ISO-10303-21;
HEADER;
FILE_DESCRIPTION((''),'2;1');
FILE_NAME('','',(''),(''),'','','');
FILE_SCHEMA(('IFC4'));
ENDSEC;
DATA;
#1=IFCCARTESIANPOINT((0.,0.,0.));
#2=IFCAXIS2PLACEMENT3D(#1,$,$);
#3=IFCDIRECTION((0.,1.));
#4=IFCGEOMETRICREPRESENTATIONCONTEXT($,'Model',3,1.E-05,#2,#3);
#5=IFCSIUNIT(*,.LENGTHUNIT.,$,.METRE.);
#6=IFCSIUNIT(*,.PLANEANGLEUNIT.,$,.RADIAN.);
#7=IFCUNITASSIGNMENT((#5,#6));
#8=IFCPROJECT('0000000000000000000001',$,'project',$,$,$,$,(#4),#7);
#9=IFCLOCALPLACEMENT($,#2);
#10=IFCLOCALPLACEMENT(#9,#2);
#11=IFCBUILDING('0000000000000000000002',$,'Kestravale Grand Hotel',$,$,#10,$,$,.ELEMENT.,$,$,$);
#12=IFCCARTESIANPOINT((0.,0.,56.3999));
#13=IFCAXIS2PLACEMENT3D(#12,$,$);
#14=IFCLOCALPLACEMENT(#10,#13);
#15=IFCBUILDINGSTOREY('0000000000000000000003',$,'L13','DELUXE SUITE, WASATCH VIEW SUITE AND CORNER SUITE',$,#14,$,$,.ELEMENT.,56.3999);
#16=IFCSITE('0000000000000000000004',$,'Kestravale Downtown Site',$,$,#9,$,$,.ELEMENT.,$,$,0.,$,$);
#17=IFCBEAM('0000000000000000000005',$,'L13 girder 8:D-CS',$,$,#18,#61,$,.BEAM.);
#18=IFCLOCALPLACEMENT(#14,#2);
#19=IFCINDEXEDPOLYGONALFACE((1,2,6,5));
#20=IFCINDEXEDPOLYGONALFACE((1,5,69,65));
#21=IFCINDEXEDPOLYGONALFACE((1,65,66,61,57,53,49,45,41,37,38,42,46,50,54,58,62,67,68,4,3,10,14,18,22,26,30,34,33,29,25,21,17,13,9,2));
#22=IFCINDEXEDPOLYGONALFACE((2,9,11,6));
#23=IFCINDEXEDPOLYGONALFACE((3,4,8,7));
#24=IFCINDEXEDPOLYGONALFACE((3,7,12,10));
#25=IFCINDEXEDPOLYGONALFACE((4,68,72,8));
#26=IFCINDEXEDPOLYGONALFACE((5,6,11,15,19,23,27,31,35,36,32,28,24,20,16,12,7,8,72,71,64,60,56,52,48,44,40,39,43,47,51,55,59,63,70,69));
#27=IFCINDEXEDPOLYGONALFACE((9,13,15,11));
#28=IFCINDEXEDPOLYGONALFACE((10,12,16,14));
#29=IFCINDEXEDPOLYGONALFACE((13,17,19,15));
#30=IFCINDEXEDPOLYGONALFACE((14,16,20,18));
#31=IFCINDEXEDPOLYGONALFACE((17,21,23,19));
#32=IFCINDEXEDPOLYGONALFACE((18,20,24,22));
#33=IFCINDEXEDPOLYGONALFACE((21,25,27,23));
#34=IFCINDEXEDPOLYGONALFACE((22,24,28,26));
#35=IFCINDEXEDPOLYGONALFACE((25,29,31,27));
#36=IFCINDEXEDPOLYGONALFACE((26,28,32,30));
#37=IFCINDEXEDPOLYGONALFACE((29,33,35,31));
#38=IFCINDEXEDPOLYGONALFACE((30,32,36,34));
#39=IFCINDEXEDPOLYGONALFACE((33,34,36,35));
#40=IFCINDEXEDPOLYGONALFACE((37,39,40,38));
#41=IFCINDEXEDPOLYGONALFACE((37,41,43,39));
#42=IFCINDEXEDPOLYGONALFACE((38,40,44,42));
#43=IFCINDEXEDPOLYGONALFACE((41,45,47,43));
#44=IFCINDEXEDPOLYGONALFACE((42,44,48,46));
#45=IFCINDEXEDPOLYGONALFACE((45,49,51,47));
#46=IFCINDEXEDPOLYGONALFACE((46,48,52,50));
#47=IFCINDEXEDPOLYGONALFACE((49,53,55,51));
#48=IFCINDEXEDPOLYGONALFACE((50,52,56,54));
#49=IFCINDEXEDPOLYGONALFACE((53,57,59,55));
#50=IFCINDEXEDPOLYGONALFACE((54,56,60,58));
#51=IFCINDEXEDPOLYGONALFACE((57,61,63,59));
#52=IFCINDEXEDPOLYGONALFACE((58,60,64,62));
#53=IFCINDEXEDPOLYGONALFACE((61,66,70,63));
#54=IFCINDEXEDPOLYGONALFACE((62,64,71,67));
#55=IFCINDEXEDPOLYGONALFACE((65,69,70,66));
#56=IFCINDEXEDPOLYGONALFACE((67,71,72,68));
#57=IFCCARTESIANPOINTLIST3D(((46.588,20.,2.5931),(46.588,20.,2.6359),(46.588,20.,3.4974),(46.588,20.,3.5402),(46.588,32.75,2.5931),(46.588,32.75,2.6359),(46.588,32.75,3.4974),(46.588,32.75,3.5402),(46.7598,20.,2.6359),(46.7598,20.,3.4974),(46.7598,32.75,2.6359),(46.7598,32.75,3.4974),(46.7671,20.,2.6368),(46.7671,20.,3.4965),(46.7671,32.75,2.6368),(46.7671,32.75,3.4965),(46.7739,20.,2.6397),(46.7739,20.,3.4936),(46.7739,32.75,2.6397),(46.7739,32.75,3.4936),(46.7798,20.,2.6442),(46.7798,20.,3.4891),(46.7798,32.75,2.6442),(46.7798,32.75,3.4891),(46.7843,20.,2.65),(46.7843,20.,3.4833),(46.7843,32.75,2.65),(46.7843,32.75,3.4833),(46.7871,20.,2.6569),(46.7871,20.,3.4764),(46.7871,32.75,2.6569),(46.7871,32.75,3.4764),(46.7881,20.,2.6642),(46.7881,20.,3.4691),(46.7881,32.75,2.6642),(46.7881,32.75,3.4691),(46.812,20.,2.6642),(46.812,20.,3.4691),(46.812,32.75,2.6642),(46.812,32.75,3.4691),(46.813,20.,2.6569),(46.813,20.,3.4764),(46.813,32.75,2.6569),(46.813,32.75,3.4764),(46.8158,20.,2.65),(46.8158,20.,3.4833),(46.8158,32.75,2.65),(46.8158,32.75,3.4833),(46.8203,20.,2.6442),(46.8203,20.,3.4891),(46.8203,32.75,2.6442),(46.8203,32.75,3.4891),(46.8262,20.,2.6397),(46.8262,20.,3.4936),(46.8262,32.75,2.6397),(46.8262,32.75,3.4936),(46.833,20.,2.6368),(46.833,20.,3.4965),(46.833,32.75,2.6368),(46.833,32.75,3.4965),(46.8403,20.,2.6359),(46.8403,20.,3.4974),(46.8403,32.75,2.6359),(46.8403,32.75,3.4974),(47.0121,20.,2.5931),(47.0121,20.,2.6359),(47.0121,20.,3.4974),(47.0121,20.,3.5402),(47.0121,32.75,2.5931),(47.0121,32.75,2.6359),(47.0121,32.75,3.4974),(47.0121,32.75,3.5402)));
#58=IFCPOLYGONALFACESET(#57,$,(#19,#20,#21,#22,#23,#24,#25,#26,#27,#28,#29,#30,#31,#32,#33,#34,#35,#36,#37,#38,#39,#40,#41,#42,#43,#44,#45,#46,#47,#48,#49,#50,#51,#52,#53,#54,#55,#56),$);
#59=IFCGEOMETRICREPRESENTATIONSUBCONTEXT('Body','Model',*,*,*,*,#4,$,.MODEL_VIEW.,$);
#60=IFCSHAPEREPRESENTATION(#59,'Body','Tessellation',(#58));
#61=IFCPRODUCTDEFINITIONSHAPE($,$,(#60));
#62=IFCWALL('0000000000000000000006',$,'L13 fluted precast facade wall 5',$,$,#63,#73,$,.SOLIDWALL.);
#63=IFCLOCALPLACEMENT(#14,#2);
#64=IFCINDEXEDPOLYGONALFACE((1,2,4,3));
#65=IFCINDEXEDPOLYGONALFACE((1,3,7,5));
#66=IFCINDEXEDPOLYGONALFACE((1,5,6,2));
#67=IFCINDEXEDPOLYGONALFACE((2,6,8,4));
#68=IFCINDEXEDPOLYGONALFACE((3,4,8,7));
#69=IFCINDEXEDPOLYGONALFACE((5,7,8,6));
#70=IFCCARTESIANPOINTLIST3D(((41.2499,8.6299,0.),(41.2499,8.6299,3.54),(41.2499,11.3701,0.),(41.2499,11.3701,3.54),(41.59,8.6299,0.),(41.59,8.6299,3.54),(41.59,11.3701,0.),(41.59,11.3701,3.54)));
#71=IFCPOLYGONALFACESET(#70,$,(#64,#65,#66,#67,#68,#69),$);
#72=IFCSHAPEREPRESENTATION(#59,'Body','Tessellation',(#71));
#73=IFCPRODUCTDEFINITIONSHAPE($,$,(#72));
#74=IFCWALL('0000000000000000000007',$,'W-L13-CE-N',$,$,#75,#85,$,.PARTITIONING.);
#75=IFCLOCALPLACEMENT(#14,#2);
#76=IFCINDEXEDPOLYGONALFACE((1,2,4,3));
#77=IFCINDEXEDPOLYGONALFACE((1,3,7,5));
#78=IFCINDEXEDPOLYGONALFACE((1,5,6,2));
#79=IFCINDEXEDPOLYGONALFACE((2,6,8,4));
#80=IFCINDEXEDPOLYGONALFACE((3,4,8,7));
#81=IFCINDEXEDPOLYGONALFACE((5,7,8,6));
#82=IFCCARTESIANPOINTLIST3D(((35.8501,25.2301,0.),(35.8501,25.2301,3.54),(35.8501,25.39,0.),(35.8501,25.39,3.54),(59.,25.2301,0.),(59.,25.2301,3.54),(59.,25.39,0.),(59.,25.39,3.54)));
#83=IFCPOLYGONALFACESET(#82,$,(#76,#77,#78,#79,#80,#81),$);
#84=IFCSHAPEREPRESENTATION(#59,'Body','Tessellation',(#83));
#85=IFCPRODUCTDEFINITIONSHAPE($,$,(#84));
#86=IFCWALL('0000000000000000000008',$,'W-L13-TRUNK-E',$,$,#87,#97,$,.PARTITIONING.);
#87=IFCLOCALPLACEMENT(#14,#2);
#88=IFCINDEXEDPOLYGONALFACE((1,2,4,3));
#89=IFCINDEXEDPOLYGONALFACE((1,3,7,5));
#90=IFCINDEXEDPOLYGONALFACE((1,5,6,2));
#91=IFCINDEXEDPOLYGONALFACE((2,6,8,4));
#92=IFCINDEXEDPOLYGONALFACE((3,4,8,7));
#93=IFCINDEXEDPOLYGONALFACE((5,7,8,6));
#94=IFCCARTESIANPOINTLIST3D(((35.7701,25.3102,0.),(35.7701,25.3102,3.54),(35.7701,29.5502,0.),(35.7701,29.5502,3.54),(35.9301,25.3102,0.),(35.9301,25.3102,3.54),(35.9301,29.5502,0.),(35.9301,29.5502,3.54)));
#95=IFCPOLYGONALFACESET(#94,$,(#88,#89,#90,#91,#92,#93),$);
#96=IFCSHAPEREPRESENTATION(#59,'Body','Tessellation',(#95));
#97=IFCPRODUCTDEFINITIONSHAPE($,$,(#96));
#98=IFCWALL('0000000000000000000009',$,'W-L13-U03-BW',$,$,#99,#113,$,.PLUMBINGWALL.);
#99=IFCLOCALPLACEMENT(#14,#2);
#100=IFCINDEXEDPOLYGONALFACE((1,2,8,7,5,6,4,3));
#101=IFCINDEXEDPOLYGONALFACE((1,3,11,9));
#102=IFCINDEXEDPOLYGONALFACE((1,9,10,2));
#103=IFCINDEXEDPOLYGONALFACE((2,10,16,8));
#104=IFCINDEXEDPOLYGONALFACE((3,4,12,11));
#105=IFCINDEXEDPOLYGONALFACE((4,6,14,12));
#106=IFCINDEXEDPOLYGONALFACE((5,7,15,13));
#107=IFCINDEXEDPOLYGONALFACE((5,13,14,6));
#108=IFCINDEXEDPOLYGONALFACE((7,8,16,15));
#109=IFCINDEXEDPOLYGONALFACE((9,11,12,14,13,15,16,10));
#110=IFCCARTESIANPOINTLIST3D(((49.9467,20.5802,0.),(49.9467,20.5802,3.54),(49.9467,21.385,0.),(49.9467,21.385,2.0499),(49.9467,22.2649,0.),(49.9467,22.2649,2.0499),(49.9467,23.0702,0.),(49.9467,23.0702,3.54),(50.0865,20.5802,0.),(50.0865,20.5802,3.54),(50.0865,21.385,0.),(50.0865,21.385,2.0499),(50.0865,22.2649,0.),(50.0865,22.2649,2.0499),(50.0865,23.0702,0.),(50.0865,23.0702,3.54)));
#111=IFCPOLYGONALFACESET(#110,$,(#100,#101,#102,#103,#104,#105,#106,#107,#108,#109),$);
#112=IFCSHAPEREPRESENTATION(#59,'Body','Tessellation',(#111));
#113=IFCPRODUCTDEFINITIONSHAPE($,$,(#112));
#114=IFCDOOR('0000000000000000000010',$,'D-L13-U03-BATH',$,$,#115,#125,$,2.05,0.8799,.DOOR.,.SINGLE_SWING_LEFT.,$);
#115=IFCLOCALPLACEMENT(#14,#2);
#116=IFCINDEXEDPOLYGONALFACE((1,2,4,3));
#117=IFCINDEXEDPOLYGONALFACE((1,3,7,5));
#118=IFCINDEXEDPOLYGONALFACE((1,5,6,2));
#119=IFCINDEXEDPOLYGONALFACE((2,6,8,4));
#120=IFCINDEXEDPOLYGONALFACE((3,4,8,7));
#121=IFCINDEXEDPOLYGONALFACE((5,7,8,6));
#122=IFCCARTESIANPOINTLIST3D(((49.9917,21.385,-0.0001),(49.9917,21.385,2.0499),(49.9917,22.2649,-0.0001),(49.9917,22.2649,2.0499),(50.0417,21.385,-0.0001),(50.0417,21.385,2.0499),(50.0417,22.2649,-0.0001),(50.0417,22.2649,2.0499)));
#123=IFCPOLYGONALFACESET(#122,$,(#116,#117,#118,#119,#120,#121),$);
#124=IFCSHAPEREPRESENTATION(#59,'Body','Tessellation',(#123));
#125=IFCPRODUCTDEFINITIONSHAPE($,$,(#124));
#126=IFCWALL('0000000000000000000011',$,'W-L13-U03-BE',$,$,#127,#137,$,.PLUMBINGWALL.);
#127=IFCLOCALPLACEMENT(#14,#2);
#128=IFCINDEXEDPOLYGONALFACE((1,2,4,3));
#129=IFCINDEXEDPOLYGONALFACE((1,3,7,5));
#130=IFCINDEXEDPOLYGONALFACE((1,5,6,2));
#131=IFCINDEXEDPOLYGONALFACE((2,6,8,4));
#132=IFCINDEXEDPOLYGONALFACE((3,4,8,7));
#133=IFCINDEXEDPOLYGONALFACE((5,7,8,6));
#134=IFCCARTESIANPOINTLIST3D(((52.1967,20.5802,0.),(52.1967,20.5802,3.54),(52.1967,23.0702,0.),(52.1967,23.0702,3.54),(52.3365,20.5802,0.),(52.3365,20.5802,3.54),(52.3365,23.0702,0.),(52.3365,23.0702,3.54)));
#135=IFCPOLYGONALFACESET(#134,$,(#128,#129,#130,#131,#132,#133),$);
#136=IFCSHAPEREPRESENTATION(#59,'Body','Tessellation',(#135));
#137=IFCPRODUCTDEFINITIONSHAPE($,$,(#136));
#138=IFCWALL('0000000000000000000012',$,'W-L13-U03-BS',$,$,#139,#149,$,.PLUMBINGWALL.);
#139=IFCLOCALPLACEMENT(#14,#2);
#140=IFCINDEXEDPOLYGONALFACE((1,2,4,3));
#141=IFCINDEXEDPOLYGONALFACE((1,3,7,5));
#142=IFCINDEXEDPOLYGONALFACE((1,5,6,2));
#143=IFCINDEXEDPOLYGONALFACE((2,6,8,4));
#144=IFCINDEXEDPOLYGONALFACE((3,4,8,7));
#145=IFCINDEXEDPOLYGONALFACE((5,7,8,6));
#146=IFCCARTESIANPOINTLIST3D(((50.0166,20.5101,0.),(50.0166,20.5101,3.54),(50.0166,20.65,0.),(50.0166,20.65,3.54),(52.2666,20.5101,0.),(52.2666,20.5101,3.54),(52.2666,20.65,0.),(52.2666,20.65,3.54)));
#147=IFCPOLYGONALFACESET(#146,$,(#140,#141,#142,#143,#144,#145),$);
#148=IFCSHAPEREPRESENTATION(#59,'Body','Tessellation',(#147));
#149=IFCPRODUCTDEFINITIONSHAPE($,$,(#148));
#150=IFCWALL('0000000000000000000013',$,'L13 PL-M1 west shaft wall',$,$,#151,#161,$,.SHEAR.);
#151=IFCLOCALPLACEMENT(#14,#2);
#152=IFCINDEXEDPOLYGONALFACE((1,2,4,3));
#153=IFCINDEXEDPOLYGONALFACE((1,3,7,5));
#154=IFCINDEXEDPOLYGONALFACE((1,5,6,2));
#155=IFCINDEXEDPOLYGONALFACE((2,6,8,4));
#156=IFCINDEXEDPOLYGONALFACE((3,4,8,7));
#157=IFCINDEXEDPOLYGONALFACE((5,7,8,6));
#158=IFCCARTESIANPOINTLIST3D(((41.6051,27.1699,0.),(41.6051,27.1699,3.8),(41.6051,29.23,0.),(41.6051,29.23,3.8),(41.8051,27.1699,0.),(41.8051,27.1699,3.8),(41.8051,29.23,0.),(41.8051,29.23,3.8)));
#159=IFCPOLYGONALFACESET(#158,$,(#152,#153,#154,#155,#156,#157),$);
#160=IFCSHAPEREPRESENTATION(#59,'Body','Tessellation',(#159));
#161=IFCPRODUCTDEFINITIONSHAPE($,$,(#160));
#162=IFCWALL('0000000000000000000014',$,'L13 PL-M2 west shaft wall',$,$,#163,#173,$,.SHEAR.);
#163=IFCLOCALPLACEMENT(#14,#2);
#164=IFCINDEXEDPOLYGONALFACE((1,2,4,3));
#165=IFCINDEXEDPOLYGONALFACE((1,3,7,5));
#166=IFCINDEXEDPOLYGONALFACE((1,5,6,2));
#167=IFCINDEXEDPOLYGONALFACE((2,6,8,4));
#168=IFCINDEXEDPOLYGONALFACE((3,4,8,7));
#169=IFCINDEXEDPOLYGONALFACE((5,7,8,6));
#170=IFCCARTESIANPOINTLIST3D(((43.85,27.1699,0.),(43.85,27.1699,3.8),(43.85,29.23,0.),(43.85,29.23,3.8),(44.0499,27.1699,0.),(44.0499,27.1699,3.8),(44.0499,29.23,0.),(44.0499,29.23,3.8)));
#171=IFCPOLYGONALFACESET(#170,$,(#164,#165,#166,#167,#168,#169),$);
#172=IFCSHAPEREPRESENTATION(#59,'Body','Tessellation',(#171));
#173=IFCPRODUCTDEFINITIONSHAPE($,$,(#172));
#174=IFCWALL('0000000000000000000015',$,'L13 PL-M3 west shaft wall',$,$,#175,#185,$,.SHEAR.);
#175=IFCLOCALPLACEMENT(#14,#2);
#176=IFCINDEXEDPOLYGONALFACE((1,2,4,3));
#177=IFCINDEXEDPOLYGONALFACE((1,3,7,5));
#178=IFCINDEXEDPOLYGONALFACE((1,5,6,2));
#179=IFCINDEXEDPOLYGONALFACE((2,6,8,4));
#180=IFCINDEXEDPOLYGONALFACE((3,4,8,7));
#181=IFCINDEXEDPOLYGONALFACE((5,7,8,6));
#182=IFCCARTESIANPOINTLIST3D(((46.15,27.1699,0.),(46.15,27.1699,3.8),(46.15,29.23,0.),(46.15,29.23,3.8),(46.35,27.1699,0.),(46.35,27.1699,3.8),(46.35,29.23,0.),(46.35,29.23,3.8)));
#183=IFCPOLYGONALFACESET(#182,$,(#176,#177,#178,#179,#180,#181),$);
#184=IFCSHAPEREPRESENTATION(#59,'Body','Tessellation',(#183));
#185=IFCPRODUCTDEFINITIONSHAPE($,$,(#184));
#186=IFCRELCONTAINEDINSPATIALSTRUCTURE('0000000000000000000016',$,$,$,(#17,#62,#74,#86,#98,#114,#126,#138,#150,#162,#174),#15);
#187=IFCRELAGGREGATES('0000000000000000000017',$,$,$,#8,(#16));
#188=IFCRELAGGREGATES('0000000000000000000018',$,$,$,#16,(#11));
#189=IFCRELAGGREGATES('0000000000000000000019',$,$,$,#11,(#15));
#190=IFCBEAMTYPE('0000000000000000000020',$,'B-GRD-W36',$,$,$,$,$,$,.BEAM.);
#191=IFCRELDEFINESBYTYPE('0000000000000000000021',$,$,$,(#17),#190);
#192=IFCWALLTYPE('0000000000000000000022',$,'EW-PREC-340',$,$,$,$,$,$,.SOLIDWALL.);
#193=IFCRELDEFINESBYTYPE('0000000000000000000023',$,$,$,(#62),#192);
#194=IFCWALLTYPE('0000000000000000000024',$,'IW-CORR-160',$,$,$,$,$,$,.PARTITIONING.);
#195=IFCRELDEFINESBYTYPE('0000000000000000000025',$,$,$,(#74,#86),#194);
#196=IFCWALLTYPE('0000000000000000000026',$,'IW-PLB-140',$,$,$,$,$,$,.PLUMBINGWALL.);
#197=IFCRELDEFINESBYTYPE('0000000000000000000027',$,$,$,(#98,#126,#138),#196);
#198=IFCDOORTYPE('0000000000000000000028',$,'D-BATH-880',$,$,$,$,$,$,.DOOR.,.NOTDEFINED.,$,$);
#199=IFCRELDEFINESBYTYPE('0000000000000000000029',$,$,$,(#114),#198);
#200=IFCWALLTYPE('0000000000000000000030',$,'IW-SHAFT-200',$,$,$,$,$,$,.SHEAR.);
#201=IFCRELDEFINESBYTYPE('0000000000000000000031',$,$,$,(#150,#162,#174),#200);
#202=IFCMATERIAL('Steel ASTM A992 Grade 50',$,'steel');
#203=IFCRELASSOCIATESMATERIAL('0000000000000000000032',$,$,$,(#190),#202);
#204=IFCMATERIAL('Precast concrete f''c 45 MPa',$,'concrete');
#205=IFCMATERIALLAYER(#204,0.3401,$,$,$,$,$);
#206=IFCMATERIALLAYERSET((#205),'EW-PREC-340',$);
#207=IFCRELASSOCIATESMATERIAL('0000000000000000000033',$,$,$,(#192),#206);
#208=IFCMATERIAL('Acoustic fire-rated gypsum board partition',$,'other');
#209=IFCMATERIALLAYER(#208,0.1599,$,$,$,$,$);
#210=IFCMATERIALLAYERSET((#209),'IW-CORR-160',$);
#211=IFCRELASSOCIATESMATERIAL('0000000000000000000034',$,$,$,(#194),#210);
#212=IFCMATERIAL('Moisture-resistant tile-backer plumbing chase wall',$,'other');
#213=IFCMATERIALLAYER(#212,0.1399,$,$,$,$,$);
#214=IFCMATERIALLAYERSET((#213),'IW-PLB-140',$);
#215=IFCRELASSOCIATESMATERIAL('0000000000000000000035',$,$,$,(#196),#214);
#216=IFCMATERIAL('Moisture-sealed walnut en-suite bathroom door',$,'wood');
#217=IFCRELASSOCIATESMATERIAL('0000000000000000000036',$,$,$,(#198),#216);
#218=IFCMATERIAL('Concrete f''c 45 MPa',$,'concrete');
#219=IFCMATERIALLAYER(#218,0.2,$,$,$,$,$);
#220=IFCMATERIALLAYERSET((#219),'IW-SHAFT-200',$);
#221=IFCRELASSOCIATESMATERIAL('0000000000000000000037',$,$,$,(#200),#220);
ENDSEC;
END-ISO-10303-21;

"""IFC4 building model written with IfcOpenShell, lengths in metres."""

from ifc_helpers import new_model, si_unit, direction, frame, frame_2d, origin, origin_2d, place, context, subcontext, project, spatial, rectangle, i_section, extrude, material, layer, layer_set, material_profile, profile_set, type_object, element, fill, save


model = new_model("IFC4")

# Units and contexts
model_context = context("Model", 3, precision=1e-05, world=origin(), true_north=direction((0.0, 1.0)))
body_context = subcontext(model_context, "Body", "Model", "MODEL_VIEW")
ifc_project = project(units=[si_unit("LENGTHUNIT", "METRE"), si_unit("PLANEANGLEUNIT", "RADIAN")], contexts=[model_context])

# Site, building, storey
site_placement = place(None, origin())
site = spatial("IfcSite", under=ifc_project, at=site_placement, Name="Kestravale Downtown Site", CompositionType="ELEMENT", RefElevation=0.0)
building_placement = place(site_placement, origin())
building = spatial("IfcBuilding", under=site, at=building_placement, Name="Kestravale Grand Hotel", CompositionType="ELEMENT")
storey_placement = place(building_placement, frame((0.0, 0.0, 56.3999)))
storey = spatial("IfcBuildingStorey", under=building, at=storey_placement, Name="L13", Description="DELUXE SUITE, WASATCH VIEW SUITE AND CORNER SUITE", CompositionType="ELEMENT", Elevation=56.3999)

# Beam
ifc_material_1 = material(Name="Steel ASTM A992 Grade 50", Category="steel")
ifc_material_profile_1 = material_profile(ifc_material_1, i_section(OverallWidth=0.4241, OverallDepth=0.947, WebThickness=0.0239, FlangeThickness=0.0427, FilletRadius=0.0283, at=origin_2d()))
ifc_profile_set_1 = profile_set([ifc_material_profile_1], Name="Steel ASTM A992 Grade 50")
beam_type = type_object("IfcBeamType", Name="B-GRD-W36", PredefinedType="BEAM", material=ifc_profile_set_1)
beam_1_placement = place(storey_placement, frame((46.8, 20.0, 3.0667), z_axis=(0.0, 1.0, 0.0), x_axis=(-1.0, 0.0, 0.0)))
element("IfcBeam", 1, at=beam_1_placement, inside=storey, type_object=beam_type, Name="L13 girder 8:D-CS", PredefinedType="BEAM", context=body_context, shape_type="SweptSolid", body=[
    extrude(i_section(OverallWidth=0.4241, OverallDepth=0.947, WebThickness=0.0239, FlangeThickness=0.0427, FilletRadius=0.0283, at=origin_2d()), origin(), (0.0, 0.0, 1.0), 12.75),
])

# Walls
ifc_material_2 = material(Name="Precast concrete f'c 45 MPa", Category="concrete")
ifc_layer_1 = layer(ifc_material_2, 0.3401)
ifc_layer_set_1 = layer_set([ifc_layer_1], Name="EW-PREC-340")
wall_type_1 = type_object("IfcWallType", Name="EW-PREC-340", PredefinedType="SOLIDWALL", material=ifc_layer_set_1)
wall_1_placement = place(storey_placement, frame((41.4199, 11.3701, 0.0), z_axis=(0.0, 0.0, 1.0), x_axis=(0.0, -1.0, 0.0)))
element("IfcWall", 2, at=wall_1_placement, inside=storey, type_object=wall_type_1, Name="L13 fluted precast facade wall 5", PredefinedType="SOLIDWALL", context=body_context, shape_type="SweptSolid", body=[
    extrude(rectangle(XDim=2.7402, YDim=0.3401, at=frame_2d((1.3701, 0.0))), origin(), (0.0, 0.0, 1.0), 3.54),
])
ifc_material_3 = material(Name="Acoustic fire-rated gypsum board partition", Category="other")
ifc_layer_2 = layer(ifc_material_3, 0.1599)
ifc_layer_set_2 = layer_set([ifc_layer_2], Name="IW-CORR-160")
wall_type_2 = type_object("IfcWallType", Name="IW-CORR-160", PredefinedType="PARTITIONING", material=ifc_layer_set_2)
wall_2_placement = place(storey_placement, frame((35.8501, 25.3101, 0.0), z_axis=(0.0, 0.0, 1.0), x_axis=(1.0, 0.0, 0.0)))
element("IfcWall", 3, at=wall_2_placement, inside=storey, type_object=wall_type_2, Name="W-L13-CE-N", PredefinedType="PARTITIONING", context=body_context, shape_type="SweptSolid", body=[
    extrude(rectangle(XDim=23.1499, YDim=0.1599, at=frame_2d((11.575, 0.0))), origin(), (0.0, 0.0, 1.0), 3.54),
])
wall_3_placement = place(storey_placement, frame((35.8501, 25.3101, 0.0), z_axis=(0.0, 0.0, 1.0), x_axis=(0.0, 1.0, 0.0)))
element("IfcWall", 4, at=wall_3_placement, inside=storey, type_object=wall_type_2, Name="W-L13-TRUNK-E", PredefinedType="PARTITIONING", context=body_context, shape_type="SweptSolid", body=[
    extrude(rectangle(XDim=4.24, YDim=0.1599, at=frame_2d((2.1201, 0.0))), origin(), (0.0, 0.0, 1.0), 3.54),
])

# Wall, opening, door
ifc_material_4 = material(Name="Moisture-resistant tile-backer plumbing chase wall", Category="other")
ifc_layer_3 = layer(ifc_material_4, 0.1399)
ifc_layer_set_3 = layer_set([ifc_layer_3], Name="IW-PLB-140")
wall_type_3 = type_object("IfcWallType", Name="IW-PLB-140", PredefinedType="PLUMBINGWALL", material=ifc_layer_set_3)
wall_4_placement = place(storey_placement, frame((50.0166, 20.5801, 0.0), z_axis=(0.0, 0.0, 1.0), x_axis=(0.0, 1.0, 0.0)))
wall_4 = element("IfcWall", 5, at=wall_4_placement, inside=storey, type_object=wall_type_3, Name="W-L13-U03-BW", PredefinedType="PLUMBINGWALL", context=body_context, shape_type="SweptSolid", body=[
    extrude(rectangle(XDim=2.49, YDim=0.1399, at=frame_2d((1.2451, 0.0))), origin(), (0.0, 0.0, 1.0), 3.54),
])
opening_placement = place(wall_4_placement, frame((0.8049, 0.0, 0.0)))
opening = element("IfcOpeningElement", 6, at=opening_placement, cuts=wall_4, PredefinedType="OPENING", context=body_context, shape_type="SweptSolid", body=[
    extrude(rectangle(XDim=0.8799, YDim=2.05, at=frame_2d((0.4399, 1.0249))), frame((0.0, 0.0798, 0.0), z_axis=(0.0, -1.0, 0.0), x_axis=(1.0, 0.0, 0.0)), (0.0, 0.0, 1.0), 0.1599),
])
ifc_material_5 = material(Name="Moisture-sealed walnut en-suite bathroom door", Category="wood")
door_type = type_object("IfcDoorType", Name="D-BATH-880", OperationType="NOTDEFINED", PredefinedType="DOOR", material=ifc_material_5)
door_placement = place(opening_placement, origin())
door = element("IfcDoor", 7, at=door_placement, inside=storey, type_object=door_type, Name="D-L13-U03-BATH", OperationType="SINGLE_SWING_LEFT", OverallHeight=2.05, OverallWidth=0.8799, PredefinedType="DOOR", context=body_context, shape_type="SweptSolid", body=[
    extrude(rectangle(XDim=0.8799, YDim=2.05, at=frame_2d((0.4399, 1.0249))), frame((0.0, 0.0249, 0.0), z_axis=(0.0, -1.0, 0.0), x_axis=(1.0, 0.0, 0.0)), (0.0, 0.0, 1.0), 0.05),
])
fill(opening, door)

# Walls
wall_5_placement = place(storey_placement, frame((52.2666, 20.5801, 0.0), z_axis=(0.0, 0.0, 1.0), x_axis=(0.0, 1.0, 0.0)))
element("IfcWall", 8, at=wall_5_placement, inside=storey, type_object=wall_type_3, Name="W-L13-U03-BE", PredefinedType="PLUMBINGWALL", context=body_context, shape_type="SweptSolid", body=[
    extrude(rectangle(XDim=2.49, YDim=0.1399, at=frame_2d((1.2451, 0.0))), origin(), (0.0, 0.0, 1.0), 3.54),
])
wall_6_placement = place(storey_placement, frame((50.0166, 20.5801, 0.0), z_axis=(0.0, 0.0, 1.0), x_axis=(1.0, 0.0, 0.0)))
element("IfcWall", 9, at=wall_6_placement, inside=storey, type_object=wall_type_3, Name="W-L13-U03-BS", PredefinedType="PLUMBINGWALL", context=body_context, shape_type="SweptSolid", body=[
    extrude(rectangle(XDim=2.25, YDim=0.1399, at=frame_2d((1.125, 0.0))), origin(), (0.0, 0.0, 1.0), 3.54),
])
ifc_material_6 = material(Name="Concrete f'c 45 MPa", Category="concrete")
ifc_layer_4 = layer(ifc_material_6, 0.2)
ifc_layer_set_4 = layer_set([ifc_layer_4], Name="IW-SHAFT-200")
wall_type_4 = type_object("IfcWallType", Name="IW-SHAFT-200", PredefinedType="SHEAR", material=ifc_layer_set_4)
for number, where, z_axis, x_axis, name in (
    (10, (41.7051, 27.1699, 0.0), (0.0, 0.0, 1.0), (0.0, 1.0, 0.0), "L13 PL-M1 west shaft wall"),
    (11, (43.95, 27.1699, 0.0), (0.0, 0.0, 1.0), (0.0, 1.0, 0.0), "L13 PL-M2 west shaft wall"),
    (12, (46.25, 27.1699, 0.0), (0.0, 0.0, 1.0), (0.0, 1.0, 0.0), "L13 PL-M3 west shaft wall"),
):
    element("IfcWall", number, at=place(storey_placement, frame(where, z_axis=z_axis, x_axis=x_axis)), inside=storey, type_object=wall_type_4, Name=name, PredefinedType="SHEAR", context=body_context, shape_type="SweptSolid", body=[
        extrude(rectangle(XDim=2.0601, YDim=0.2, at=frame_2d((1.03, 0.0))), origin(), (0.0, 0.0, 1.0), 3.8),
    ])

save(model, "model.ifc")
